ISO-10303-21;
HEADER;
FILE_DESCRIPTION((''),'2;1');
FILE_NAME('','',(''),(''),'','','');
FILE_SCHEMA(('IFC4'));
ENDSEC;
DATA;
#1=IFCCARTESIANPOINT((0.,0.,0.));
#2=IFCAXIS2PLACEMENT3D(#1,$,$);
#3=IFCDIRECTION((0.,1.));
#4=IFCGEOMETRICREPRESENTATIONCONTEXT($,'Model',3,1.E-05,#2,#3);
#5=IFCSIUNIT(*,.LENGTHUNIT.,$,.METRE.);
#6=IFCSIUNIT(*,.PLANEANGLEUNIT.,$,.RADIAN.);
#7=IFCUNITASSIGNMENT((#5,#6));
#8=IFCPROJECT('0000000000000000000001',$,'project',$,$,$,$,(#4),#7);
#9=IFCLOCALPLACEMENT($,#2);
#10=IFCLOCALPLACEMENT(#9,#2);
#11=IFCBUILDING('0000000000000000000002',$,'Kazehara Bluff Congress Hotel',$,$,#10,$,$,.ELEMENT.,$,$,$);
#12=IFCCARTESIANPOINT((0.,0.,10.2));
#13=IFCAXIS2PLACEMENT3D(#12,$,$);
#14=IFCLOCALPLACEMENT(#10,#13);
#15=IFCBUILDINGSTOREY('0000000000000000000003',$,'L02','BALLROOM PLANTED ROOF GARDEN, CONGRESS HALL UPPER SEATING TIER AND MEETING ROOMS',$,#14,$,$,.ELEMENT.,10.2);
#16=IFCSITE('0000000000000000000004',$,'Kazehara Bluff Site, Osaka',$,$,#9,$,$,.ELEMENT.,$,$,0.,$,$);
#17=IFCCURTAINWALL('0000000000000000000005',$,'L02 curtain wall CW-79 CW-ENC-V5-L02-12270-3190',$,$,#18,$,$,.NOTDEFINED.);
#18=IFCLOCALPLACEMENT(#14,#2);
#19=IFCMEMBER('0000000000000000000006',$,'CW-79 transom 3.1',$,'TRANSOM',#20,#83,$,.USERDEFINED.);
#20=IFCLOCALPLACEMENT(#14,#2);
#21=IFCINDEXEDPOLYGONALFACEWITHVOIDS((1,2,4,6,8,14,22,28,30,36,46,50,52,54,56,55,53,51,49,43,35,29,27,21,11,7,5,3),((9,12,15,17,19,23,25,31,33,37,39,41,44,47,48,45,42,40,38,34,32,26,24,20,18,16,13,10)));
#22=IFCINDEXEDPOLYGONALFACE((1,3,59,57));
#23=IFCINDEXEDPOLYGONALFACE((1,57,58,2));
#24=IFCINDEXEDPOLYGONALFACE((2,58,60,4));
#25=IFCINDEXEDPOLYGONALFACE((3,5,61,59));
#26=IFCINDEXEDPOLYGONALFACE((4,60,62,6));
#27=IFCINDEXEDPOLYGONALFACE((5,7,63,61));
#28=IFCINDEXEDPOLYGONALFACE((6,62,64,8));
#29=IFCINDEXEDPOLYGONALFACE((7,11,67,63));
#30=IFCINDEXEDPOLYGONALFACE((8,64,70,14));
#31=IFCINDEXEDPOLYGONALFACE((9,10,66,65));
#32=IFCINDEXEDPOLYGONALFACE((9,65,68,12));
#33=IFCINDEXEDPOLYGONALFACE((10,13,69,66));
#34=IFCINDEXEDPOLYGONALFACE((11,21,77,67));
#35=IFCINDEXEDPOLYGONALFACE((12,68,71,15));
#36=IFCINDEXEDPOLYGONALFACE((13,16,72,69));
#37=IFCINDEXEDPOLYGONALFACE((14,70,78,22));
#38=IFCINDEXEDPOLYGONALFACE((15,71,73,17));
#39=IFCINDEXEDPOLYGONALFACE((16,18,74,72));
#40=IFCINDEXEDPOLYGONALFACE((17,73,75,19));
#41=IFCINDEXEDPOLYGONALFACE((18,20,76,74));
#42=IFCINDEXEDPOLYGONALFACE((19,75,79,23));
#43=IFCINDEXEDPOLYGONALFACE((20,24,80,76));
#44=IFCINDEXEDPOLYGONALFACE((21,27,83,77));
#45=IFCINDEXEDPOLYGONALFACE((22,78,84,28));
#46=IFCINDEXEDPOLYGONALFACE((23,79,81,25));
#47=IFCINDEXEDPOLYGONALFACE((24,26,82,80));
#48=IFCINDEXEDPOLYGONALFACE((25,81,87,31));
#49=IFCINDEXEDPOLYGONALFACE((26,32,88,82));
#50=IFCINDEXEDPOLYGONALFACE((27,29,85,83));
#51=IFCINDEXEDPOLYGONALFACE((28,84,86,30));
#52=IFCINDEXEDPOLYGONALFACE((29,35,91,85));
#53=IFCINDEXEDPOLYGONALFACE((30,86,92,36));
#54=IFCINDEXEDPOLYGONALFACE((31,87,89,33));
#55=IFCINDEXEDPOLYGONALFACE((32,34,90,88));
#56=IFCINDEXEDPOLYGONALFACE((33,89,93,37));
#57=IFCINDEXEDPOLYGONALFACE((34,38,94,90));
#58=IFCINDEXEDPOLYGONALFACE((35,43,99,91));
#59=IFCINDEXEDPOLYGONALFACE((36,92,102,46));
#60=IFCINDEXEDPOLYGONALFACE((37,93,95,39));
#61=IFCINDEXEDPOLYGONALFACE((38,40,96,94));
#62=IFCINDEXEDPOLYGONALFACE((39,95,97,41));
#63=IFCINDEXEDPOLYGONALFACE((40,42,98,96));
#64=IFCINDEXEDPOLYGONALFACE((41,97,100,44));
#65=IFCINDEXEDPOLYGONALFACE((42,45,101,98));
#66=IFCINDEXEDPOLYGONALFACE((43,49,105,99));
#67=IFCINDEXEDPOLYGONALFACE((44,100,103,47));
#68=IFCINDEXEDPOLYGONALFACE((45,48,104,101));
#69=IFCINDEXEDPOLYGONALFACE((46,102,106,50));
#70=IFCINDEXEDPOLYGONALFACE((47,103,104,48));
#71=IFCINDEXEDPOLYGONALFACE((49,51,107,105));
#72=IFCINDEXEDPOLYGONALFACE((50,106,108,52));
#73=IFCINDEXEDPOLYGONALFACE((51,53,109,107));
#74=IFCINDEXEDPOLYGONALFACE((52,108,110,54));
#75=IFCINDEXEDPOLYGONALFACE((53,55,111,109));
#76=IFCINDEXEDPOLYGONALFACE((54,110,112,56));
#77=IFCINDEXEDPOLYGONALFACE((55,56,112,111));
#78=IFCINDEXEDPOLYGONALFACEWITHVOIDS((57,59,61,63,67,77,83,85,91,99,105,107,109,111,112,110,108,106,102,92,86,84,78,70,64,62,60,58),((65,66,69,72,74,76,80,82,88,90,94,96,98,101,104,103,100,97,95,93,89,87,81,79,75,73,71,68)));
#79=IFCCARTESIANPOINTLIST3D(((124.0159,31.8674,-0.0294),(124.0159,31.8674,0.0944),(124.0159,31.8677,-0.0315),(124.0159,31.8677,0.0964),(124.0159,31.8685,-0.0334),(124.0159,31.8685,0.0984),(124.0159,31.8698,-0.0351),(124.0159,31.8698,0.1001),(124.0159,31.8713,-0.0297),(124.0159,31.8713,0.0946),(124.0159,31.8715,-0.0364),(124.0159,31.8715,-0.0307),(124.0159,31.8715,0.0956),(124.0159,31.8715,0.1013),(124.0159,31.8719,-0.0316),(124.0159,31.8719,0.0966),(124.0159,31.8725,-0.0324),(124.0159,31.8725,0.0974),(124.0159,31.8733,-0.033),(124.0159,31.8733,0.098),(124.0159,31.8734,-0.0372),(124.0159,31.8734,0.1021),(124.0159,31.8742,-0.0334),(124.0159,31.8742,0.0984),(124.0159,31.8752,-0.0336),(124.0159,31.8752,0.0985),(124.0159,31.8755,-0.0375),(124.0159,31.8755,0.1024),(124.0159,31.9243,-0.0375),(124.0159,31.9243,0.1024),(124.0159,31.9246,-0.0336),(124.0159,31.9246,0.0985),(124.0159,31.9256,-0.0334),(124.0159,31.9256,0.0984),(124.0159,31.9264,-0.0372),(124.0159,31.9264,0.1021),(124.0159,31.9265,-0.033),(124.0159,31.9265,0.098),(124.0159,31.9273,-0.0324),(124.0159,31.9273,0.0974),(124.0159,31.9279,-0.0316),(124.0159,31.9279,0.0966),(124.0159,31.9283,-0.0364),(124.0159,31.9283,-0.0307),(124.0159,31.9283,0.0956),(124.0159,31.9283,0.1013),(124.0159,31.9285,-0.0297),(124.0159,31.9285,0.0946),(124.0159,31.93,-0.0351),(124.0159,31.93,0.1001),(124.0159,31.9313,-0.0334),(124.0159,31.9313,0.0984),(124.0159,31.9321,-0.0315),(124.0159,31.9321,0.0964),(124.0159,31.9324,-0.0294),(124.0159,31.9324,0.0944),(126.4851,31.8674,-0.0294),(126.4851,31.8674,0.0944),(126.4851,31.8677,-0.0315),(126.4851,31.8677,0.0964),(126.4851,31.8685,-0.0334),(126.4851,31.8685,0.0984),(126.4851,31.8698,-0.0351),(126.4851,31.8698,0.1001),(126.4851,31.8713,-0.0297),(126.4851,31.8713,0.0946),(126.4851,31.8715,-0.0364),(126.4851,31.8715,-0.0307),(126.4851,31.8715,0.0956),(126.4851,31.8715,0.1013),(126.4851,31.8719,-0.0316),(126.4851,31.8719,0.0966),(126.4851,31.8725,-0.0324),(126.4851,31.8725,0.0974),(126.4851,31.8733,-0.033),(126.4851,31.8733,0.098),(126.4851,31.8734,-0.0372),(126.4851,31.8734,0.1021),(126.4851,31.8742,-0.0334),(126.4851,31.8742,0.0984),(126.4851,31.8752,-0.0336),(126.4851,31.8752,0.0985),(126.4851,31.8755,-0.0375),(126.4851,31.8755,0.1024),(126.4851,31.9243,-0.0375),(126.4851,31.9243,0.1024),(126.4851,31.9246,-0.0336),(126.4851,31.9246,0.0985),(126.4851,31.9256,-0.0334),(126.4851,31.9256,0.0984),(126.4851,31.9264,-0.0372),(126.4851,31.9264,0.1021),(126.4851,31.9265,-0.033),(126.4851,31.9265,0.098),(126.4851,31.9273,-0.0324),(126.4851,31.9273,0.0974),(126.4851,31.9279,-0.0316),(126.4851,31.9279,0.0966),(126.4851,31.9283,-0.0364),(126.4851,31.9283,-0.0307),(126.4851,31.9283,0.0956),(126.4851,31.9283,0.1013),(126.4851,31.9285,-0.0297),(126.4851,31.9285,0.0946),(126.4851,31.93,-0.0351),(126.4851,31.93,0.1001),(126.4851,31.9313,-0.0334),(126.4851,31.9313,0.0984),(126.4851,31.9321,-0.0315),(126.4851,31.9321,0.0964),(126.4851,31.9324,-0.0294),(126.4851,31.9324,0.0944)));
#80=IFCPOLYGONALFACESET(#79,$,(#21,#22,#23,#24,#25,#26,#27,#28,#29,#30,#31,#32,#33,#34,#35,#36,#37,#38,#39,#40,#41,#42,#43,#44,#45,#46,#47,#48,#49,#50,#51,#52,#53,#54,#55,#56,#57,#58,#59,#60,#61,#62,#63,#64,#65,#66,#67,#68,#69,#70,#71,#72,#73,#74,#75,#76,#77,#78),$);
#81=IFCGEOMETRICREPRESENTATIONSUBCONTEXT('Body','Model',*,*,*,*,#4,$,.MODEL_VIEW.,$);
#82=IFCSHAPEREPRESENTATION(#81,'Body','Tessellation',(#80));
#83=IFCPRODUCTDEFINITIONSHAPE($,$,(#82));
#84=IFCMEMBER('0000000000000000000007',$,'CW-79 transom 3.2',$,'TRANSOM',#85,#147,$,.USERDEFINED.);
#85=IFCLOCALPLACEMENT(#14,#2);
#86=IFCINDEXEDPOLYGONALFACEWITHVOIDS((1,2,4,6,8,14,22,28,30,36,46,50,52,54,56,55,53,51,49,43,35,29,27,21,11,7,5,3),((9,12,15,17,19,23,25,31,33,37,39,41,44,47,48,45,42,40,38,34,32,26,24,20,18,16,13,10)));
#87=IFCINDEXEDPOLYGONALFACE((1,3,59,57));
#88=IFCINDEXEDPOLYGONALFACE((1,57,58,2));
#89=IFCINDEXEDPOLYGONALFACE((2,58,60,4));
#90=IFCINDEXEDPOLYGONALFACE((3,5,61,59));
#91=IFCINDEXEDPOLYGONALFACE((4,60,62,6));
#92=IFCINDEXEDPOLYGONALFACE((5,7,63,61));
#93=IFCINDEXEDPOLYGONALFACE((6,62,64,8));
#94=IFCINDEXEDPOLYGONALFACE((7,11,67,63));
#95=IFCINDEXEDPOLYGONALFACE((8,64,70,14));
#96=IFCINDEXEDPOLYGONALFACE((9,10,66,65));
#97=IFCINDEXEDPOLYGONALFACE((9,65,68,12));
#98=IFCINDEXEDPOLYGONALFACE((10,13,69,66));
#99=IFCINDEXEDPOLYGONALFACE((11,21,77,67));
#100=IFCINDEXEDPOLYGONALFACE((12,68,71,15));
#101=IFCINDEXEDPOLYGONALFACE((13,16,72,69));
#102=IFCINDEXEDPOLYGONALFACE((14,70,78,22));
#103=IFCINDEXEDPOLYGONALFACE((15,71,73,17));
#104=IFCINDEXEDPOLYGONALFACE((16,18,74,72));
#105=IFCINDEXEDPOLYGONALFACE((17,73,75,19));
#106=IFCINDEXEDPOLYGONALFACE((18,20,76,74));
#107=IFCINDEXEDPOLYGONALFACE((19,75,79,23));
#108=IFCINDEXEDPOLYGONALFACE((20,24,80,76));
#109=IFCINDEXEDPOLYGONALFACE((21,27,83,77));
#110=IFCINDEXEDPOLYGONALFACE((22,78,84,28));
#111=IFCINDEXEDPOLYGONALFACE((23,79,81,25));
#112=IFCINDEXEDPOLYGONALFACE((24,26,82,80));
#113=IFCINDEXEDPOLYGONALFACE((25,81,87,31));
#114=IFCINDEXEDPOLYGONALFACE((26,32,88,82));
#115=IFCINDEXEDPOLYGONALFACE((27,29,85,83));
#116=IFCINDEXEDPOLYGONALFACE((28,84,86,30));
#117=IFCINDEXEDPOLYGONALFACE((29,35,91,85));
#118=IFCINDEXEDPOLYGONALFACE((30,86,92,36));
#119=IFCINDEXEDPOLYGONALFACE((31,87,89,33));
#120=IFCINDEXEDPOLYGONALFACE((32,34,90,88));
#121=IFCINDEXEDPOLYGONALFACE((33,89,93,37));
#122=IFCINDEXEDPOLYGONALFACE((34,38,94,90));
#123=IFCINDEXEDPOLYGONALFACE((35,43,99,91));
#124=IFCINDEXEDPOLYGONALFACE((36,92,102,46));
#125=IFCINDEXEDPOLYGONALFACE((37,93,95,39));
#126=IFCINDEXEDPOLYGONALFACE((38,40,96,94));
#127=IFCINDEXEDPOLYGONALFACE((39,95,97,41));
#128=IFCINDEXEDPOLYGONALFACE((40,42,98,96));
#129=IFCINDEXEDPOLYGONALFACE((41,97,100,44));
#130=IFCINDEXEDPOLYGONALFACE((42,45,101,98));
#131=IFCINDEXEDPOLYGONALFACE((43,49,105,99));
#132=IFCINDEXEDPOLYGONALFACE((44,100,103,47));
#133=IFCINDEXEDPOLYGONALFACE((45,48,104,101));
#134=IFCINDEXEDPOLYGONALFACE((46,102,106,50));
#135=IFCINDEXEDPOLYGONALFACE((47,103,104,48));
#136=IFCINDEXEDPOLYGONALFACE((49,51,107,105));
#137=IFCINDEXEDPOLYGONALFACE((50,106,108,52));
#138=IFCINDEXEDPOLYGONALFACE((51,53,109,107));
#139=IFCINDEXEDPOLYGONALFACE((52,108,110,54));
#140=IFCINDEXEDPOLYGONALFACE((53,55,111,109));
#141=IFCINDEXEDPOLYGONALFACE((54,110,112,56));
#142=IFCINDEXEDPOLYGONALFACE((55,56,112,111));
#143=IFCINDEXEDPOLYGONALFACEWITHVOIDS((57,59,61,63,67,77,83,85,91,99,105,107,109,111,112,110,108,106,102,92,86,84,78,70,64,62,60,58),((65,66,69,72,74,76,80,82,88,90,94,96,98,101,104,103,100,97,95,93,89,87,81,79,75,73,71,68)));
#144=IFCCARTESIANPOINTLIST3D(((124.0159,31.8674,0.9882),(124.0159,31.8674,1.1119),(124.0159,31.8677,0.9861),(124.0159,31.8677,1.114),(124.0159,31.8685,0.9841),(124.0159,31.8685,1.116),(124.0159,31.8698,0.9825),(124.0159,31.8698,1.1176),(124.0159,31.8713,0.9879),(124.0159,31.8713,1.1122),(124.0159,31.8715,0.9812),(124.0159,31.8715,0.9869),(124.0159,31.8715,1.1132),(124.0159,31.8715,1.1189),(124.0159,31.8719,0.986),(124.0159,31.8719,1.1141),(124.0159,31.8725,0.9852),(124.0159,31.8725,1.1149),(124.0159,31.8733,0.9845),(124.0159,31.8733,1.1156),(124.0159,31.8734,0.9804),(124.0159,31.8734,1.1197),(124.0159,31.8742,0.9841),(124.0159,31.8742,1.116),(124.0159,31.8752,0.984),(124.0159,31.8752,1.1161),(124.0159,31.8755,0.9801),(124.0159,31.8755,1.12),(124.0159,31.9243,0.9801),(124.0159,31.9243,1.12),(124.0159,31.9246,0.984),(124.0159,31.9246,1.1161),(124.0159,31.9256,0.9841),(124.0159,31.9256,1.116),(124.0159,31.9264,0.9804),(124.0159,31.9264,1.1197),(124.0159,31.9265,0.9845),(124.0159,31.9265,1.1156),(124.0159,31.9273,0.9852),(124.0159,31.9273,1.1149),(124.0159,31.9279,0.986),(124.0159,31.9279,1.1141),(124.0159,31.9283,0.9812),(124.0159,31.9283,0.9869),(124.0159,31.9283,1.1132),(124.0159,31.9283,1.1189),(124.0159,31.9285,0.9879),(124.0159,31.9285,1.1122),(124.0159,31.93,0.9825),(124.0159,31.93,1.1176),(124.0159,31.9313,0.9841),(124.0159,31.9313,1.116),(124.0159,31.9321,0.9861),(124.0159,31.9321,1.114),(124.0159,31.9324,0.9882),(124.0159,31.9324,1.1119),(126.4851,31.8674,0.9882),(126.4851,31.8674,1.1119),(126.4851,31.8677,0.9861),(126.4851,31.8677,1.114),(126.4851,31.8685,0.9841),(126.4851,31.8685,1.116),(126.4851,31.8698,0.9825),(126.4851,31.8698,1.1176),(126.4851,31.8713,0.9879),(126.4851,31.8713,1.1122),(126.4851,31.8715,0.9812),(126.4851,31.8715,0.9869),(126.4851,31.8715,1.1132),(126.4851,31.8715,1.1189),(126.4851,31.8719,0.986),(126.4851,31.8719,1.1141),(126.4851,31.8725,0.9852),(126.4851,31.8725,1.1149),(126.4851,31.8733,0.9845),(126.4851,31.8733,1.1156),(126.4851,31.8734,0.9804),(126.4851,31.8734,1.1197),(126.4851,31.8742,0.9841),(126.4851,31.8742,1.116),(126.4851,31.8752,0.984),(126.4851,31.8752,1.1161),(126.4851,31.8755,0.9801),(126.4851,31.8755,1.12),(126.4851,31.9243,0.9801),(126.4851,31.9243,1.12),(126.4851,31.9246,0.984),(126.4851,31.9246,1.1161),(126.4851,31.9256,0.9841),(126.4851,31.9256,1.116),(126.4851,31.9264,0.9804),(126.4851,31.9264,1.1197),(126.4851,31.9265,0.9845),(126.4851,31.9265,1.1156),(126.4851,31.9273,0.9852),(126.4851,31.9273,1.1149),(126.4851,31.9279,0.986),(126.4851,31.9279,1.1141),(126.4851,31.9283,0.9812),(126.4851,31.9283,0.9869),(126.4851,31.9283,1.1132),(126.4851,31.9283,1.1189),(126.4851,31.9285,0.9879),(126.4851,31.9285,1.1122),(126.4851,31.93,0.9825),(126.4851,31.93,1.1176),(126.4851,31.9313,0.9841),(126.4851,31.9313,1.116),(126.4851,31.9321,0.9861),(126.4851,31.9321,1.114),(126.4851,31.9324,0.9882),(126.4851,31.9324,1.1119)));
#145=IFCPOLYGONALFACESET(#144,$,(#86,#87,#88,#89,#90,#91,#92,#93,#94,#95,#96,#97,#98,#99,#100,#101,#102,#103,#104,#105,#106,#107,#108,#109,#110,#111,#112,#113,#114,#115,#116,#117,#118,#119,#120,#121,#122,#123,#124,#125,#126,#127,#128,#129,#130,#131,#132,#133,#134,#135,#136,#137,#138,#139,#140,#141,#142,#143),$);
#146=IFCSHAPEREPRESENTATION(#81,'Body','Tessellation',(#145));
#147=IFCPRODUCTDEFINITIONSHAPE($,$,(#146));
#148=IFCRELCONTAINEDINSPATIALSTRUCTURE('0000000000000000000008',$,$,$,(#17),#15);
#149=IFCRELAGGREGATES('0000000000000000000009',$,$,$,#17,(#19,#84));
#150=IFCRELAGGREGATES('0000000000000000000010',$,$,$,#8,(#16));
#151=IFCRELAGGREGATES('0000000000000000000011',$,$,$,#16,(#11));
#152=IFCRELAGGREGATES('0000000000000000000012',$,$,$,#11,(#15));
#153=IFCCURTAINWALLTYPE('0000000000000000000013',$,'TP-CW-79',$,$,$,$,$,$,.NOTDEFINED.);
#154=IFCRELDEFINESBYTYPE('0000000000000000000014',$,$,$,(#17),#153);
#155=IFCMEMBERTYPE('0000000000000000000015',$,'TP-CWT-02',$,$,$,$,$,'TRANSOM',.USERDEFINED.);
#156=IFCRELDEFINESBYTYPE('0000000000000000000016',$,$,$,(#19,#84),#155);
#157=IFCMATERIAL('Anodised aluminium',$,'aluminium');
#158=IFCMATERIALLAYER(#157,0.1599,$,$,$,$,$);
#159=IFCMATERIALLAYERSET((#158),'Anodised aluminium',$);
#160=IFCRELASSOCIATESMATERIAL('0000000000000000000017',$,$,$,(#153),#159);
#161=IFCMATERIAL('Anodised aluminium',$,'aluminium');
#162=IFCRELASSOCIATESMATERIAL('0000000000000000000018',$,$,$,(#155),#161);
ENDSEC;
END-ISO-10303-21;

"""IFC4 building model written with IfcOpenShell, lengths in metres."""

from ifc_helpers import new_model, si_unit, direction, frame, origin, origin_2d, place, context, subcontext, project, spatial, hollow_rectangle, extrude, material, layer, layer_set, material_profile, profile_set, type_object, element, aggregate, save


model = new_model("IFC4")

# Units and contexts
model_context = context("Model", 3, precision=1e-05, world=origin(), true_north=direction((0.0, 1.0)))
body_context = subcontext(model_context, "Body", "Model", "MODEL_VIEW")
ifc_project = project(units=[si_unit("LENGTHUNIT", "METRE"), si_unit("PLANEANGLEUNIT", "RADIAN")], contexts=[model_context])

# Site, building, storey
site_placement = place(None, origin())
site = spatial("IfcSite", under=ifc_project, at=site_placement, Name="Kazehara Bluff Site, Osaka", CompositionType="ELEMENT", RefElevation=0.0)
building_placement = place(site_placement, origin())
building = spatial("IfcBuilding", under=site, at=building_placement, Name="Kazehara Bluff Congress Hotel", CompositionType="ELEMENT")
storey_placement = place(building_placement, frame((0.0, 0.0, 10.2)))
storey = spatial("IfcBuildingStorey", under=building, at=storey_placement, Name="L02", Description="BALLROOM PLANTED ROOF GARDEN, CONGRESS HALL UPPER SEATING TIER AND MEETING ROOMS", CompositionType="ELEMENT", Elevation=10.2)

# Curtain wall
ifc_material_1 = material(Name="Anodised aluminium", Category="aluminium")
ifc_layer_1 = layer(ifc_material_1, 0.1599)
ifc_layer_set_1 = layer_set([ifc_layer_1], Name="Anodised aluminium")
curtain_wall_type_1 = type_object("IfcCurtainWallType", Name="TP-CW-79", PredefinedType="NOTDEFINED", material=ifc_layer_set_1)
curtain_wall_1_placement = place(storey_placement, origin())
curtain_wall_1 = element("IfcCurtainWall", 1, at=curtain_wall_1_placement, inside=storey, type_object=curtain_wall_type_1, Name="L02 curtain wall CW-79 CW-ENC-V5-L02-12270-3190", PredefinedType="NOTDEFINED")

# Shared definitions
ifc_material_2 = material(Name="Anodised aluminium", Category="aluminium")
ifc_material_profile_1 = material_profile(ifc_material_2, hollow_rectangle(XDim=0.0649, YDim=0.1399, WallThickness=0.0039, InnerFilletRadius=0.0039, OuterFilletRadius=0.0081, at=origin_2d()))
ifc_profile_set_1 = profile_set([ifc_material_profile_1], Name="Anodised aluminium")
member_type_1 = type_object("IfcMemberType", Name="TP-CWT-02", ElementType="TRANSOM", PredefinedType="USERDEFINED", material=ifc_profile_set_1)

# Members
member_1_placement = place(storey_placement, frame((124.0159, 31.8999, 0.0325), z_axis=(1.0, 0.0, 0.0), x_axis=(0.0, 1.0, 0.0)))
member_1 = element("IfcMember", 2, at=member_1_placement, type_object=member_type_1, Name="CW-79 transom 3.1", ObjectType="TRANSOM", PredefinedType="USERDEFINED", context=body_context, shape_type="SweptSolid", body=[
    extrude(hollow_rectangle(XDim=0.0649, YDim=0.1399, WallThickness=0.0039, InnerFilletRadius=0.0039, OuterFilletRadius=0.0081, at=origin_2d()), origin(), (0.0, 0.0, 1.0), 2.4692),
])
member_2_placement = place(storey_placement, frame((124.0159, 31.8999, 1.05), z_axis=(1.0, 0.0, 0.0), x_axis=(0.0, 1.0, 0.0)))
member_2 = element("IfcMember", 3, at=member_2_placement, type_object=member_type_1, Name="CW-79 transom 3.2", ObjectType="TRANSOM", PredefinedType="USERDEFINED", context=body_context, shape_type="SweptSolid", body=[
    extrude(hollow_rectangle(XDim=0.0649, YDim=0.1399, WallThickness=0.0039, InnerFilletRadius=0.0039, OuterFilletRadius=0.0081, at=origin_2d()), origin(), (0.0, 0.0, 1.0), 2.4692),
])

aggregate(curtain_wall_1, [member_1, member_2])

save(model, "model.ifc")
